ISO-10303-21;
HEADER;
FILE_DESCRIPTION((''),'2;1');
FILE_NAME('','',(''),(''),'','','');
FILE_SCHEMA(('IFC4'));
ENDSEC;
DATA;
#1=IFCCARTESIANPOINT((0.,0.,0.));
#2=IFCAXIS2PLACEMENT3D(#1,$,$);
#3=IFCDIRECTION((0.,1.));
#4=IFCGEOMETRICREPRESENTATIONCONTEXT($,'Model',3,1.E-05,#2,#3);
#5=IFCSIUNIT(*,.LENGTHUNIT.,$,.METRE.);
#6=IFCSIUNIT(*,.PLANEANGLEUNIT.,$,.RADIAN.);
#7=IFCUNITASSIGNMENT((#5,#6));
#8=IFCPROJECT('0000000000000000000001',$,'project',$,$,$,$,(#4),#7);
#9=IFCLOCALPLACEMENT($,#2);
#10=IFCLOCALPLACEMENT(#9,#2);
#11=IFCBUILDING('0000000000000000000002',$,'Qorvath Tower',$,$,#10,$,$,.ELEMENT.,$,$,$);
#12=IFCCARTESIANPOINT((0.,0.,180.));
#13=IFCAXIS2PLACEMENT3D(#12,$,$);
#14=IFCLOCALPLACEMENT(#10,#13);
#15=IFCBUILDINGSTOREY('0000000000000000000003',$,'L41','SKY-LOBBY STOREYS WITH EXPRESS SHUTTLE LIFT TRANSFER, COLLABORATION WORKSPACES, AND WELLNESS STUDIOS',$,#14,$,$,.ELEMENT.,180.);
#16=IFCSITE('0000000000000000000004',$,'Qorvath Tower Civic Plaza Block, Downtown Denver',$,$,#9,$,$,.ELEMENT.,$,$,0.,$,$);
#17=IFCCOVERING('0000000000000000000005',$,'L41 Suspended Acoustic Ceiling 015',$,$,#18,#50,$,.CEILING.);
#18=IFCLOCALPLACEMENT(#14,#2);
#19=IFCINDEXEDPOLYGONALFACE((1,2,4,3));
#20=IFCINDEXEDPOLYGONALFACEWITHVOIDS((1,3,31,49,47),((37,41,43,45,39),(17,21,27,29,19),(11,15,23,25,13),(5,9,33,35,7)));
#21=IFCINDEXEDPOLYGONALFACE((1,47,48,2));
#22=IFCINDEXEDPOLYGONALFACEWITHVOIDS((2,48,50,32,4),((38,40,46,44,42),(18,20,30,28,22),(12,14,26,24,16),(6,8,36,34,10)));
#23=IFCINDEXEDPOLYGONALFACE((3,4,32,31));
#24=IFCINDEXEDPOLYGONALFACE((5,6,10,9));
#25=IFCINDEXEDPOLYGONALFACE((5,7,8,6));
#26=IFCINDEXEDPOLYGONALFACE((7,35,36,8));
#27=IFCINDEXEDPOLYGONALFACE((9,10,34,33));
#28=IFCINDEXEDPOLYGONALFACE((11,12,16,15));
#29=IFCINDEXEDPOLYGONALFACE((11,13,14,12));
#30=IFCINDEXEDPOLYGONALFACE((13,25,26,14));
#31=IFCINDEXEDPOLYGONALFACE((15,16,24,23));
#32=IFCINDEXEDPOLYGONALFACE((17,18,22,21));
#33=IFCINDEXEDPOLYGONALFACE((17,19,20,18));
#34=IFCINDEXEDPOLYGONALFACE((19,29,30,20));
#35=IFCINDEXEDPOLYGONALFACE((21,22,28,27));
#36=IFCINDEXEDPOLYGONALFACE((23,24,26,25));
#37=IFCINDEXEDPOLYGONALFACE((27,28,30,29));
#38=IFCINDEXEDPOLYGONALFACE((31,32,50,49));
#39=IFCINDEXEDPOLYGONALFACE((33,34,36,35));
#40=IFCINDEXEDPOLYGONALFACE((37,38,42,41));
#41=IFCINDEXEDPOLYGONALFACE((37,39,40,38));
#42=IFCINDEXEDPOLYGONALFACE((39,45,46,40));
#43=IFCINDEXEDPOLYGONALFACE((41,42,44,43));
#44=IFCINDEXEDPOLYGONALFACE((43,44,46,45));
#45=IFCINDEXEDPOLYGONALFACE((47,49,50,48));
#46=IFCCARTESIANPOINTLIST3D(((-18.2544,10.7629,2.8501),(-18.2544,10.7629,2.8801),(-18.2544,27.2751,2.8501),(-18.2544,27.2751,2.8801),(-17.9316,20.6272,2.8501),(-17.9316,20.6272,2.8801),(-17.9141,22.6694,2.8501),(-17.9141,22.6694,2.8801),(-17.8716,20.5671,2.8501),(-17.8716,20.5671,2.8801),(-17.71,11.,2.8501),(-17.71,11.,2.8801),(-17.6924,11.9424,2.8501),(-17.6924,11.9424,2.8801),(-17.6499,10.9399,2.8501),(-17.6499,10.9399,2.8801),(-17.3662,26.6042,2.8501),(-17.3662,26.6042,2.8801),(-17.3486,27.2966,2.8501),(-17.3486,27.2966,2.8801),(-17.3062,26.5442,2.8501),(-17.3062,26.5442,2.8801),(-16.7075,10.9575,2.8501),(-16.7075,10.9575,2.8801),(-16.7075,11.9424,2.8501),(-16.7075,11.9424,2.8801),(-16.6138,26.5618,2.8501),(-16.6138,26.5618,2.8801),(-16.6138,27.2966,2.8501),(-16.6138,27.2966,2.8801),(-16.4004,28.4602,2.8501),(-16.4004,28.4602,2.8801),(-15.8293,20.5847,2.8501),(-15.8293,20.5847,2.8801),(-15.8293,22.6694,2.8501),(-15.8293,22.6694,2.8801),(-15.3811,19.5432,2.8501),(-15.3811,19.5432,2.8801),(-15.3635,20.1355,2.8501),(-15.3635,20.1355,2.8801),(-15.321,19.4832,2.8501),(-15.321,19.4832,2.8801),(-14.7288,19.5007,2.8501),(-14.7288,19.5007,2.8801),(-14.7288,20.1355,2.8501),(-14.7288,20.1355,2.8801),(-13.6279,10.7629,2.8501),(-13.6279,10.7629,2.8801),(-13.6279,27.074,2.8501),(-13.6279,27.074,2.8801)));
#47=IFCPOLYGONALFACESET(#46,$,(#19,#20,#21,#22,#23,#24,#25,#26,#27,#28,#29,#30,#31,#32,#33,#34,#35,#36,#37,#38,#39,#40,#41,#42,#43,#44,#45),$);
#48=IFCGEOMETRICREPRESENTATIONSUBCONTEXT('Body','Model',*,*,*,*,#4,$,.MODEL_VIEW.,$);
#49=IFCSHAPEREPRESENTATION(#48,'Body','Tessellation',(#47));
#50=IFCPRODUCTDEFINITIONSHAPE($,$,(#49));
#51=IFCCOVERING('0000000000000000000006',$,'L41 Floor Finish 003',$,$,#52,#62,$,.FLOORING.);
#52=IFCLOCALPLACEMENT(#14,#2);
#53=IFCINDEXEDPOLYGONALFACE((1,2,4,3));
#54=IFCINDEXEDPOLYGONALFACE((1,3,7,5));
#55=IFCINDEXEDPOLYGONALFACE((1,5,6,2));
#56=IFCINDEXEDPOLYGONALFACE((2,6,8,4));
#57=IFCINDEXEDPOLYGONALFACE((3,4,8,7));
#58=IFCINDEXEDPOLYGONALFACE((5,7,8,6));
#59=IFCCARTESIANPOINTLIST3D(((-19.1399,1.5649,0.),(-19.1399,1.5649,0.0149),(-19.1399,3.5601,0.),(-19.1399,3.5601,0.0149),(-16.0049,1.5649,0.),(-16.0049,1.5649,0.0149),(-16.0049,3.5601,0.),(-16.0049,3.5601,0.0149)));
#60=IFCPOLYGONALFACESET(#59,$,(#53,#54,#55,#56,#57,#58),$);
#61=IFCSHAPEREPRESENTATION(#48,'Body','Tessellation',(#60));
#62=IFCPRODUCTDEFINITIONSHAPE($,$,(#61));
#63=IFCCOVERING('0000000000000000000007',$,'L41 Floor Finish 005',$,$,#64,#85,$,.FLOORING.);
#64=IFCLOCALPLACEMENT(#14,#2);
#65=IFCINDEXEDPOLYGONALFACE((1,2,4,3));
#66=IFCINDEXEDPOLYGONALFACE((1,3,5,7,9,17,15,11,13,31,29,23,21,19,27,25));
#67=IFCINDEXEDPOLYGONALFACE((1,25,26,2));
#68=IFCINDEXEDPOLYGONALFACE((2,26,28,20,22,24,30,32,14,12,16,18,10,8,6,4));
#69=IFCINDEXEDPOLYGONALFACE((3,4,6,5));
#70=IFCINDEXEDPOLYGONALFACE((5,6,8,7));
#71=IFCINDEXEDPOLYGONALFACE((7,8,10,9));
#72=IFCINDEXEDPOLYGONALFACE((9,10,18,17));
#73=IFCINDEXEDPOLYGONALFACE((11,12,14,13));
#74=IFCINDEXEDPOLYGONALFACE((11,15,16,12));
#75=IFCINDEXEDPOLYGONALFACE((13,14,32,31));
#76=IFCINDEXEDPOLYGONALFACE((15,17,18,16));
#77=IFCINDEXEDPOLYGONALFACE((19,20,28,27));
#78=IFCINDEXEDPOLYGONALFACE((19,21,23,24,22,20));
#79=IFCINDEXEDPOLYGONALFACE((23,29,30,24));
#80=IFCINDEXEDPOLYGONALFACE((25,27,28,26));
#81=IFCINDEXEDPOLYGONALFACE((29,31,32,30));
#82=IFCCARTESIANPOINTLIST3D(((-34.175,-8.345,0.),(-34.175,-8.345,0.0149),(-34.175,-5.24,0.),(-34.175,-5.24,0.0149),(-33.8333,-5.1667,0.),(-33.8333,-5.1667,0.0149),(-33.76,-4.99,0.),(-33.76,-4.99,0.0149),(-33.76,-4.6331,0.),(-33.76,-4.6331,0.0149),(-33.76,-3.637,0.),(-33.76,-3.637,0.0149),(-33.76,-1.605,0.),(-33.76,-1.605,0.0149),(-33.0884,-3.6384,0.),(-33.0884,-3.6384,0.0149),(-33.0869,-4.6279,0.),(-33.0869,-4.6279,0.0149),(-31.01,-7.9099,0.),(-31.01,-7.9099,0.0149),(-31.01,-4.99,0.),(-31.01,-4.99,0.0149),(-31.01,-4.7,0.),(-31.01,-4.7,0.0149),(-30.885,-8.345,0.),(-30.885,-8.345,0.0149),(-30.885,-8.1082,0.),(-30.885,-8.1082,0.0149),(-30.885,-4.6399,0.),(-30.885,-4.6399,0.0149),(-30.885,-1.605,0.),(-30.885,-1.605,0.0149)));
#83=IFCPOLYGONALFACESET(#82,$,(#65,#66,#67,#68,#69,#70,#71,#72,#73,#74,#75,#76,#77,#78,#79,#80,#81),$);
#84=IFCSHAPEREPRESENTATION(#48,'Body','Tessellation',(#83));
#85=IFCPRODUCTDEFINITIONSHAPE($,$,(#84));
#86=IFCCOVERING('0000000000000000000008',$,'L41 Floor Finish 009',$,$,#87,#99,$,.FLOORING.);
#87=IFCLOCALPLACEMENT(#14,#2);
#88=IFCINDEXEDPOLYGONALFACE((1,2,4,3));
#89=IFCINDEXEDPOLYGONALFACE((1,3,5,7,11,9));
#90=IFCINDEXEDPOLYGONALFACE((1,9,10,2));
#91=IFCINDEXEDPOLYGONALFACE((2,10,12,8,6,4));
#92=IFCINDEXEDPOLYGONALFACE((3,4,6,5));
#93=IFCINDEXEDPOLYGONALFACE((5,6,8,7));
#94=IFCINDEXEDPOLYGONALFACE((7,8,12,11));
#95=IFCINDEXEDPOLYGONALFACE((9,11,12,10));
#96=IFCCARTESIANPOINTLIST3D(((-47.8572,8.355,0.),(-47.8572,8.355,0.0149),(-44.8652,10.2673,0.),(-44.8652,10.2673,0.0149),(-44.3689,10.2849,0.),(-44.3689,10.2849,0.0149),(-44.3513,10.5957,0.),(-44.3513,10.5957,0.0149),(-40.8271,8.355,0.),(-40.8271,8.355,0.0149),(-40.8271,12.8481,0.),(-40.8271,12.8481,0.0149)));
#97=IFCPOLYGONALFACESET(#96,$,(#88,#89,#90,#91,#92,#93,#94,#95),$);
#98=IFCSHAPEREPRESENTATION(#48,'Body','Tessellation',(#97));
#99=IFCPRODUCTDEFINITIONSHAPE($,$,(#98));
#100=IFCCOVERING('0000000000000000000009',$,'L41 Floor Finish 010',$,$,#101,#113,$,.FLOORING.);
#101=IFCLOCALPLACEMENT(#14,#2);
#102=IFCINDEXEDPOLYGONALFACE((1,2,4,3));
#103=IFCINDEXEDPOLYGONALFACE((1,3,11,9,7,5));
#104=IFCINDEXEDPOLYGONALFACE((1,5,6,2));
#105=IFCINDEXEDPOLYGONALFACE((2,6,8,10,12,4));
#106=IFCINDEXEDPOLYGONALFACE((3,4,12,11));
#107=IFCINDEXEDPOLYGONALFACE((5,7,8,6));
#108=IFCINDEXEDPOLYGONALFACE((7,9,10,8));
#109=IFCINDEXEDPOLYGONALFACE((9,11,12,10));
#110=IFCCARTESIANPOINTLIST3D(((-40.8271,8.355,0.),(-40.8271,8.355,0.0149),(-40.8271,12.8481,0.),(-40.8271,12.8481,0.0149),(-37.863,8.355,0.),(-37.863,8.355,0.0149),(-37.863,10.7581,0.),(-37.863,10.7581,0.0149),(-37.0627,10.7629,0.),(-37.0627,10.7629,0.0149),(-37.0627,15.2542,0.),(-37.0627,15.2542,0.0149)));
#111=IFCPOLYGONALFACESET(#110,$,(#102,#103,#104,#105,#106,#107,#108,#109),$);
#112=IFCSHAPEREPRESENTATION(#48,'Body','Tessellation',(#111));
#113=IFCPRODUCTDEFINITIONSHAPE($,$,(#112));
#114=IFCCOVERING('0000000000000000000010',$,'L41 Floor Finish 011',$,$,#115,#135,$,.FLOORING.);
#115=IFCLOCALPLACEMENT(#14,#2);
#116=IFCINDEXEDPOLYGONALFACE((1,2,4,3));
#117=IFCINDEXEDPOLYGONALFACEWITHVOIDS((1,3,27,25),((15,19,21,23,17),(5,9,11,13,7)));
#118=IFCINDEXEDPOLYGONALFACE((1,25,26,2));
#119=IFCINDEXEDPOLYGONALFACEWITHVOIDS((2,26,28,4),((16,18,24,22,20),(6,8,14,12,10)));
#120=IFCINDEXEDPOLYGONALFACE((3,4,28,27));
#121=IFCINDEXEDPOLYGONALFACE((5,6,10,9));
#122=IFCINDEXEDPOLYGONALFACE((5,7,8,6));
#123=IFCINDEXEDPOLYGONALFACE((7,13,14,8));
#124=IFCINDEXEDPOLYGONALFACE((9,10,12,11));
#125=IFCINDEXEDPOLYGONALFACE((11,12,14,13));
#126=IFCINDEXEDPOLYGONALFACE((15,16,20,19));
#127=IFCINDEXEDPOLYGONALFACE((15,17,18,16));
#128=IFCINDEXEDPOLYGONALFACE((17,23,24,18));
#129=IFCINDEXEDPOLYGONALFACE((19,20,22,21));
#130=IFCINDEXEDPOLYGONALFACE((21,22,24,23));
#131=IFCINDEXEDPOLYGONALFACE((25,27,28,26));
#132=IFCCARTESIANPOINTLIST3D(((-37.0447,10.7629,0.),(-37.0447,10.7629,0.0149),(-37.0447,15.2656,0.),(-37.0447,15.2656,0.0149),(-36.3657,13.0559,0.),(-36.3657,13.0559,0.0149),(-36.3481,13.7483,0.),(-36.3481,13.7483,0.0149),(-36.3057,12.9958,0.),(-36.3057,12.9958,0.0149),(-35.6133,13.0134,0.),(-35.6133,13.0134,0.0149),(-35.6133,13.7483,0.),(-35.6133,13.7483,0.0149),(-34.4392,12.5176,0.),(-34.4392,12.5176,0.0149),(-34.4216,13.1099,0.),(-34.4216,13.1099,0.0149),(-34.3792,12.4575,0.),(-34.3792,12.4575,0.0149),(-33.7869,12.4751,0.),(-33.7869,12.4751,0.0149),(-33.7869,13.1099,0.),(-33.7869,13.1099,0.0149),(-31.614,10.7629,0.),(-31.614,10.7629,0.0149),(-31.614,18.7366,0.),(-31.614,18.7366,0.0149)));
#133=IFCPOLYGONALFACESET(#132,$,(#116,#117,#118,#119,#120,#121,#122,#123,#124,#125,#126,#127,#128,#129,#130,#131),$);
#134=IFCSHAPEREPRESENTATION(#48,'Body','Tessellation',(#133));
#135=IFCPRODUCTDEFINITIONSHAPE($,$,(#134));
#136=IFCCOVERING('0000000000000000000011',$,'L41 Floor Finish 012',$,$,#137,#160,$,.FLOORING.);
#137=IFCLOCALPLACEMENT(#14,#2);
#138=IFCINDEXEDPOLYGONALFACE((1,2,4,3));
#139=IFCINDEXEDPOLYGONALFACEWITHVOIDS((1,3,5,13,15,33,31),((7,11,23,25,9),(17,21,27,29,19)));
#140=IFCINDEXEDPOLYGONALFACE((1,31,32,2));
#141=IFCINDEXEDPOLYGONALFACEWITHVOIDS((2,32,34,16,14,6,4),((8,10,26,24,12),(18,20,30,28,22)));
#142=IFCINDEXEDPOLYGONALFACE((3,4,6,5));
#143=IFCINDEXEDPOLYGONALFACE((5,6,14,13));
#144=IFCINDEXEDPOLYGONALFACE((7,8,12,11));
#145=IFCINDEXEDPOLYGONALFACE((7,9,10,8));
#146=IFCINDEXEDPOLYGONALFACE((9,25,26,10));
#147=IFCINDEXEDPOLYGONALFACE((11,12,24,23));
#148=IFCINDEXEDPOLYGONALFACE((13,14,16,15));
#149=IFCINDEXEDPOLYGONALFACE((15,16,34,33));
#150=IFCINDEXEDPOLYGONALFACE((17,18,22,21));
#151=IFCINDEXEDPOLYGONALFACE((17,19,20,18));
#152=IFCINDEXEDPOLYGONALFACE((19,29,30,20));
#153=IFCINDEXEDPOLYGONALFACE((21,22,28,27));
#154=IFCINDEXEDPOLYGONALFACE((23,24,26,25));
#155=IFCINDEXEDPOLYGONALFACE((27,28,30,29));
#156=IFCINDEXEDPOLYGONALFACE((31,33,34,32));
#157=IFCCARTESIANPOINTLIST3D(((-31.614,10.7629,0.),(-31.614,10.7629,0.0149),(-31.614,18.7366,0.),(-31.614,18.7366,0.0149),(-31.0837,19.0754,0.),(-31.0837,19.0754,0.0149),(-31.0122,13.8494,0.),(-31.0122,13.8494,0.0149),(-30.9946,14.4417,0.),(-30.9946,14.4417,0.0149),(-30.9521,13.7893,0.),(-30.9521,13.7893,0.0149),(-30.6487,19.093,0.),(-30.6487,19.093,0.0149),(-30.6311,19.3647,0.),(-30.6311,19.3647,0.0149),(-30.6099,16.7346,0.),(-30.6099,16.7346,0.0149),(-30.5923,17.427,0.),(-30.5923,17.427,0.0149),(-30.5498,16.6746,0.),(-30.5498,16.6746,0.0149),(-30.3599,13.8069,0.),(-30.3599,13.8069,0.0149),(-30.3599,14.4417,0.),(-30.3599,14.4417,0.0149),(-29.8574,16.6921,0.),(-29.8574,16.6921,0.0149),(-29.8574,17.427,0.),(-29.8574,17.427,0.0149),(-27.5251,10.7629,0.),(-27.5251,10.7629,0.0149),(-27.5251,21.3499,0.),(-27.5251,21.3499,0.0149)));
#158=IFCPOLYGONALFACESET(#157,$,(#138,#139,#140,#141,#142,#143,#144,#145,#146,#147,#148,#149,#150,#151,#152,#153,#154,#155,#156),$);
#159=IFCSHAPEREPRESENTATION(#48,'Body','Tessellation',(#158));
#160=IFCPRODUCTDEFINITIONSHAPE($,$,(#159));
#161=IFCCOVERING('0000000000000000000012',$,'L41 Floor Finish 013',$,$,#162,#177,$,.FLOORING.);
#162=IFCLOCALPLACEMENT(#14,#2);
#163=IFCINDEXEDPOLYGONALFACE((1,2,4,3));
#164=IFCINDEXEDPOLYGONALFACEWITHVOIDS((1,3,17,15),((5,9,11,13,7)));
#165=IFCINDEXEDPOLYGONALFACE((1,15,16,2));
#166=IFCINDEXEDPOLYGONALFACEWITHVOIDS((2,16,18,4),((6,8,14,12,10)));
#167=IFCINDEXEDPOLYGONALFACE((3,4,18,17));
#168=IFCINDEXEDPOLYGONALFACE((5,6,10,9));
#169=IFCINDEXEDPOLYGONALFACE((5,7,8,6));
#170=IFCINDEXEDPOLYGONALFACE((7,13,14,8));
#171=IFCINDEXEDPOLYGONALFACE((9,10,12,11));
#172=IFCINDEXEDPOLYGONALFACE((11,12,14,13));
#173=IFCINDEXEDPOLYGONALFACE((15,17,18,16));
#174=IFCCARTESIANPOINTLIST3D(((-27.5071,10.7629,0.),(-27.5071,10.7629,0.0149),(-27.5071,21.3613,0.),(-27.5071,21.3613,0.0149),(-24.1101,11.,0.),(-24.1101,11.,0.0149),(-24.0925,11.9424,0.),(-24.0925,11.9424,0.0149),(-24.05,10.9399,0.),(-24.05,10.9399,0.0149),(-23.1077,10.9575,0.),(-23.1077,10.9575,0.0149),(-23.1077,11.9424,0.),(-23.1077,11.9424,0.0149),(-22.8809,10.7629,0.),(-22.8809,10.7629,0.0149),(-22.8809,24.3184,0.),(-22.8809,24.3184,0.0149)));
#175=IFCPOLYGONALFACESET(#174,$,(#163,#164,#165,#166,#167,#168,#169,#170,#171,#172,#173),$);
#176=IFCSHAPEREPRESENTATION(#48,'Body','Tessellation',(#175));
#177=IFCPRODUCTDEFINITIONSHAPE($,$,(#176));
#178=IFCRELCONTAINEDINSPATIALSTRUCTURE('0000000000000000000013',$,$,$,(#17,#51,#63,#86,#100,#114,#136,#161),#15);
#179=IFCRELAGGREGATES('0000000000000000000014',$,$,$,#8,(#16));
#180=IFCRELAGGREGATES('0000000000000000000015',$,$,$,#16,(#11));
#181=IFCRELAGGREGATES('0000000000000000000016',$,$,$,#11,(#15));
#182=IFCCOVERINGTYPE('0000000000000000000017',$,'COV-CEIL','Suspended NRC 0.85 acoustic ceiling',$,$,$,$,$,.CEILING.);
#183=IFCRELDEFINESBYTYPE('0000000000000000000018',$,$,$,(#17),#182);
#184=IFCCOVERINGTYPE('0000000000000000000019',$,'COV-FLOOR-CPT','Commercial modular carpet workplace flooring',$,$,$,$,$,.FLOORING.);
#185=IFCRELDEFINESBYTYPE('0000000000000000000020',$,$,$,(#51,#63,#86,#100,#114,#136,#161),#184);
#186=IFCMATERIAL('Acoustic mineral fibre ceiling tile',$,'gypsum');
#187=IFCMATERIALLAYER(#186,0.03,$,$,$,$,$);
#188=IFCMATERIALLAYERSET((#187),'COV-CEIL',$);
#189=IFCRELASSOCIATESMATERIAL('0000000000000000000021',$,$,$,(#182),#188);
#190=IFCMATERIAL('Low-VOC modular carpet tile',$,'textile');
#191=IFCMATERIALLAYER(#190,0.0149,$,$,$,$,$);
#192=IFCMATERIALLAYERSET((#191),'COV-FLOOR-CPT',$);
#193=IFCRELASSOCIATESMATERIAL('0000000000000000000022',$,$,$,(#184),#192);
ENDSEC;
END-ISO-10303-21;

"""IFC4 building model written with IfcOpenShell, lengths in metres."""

from ifc_helpers import new_model, si_unit, direction, frame, origin, place, context, subcontext, project, spatial, polyline, outline, extrude, material, layer, layer_set, type_object, element, save


model = new_model("IFC4")

# Units and contexts
model_context = context("Model", 3, precision=1e-05, world=origin(), true_north=direction((0.0, 1.0)))
body_context = subcontext(model_context, "Body", "Model", "MODEL_VIEW")
ifc_project = project(units=[si_unit("LENGTHUNIT", "METRE"), si_unit("PLANEANGLEUNIT", "RADIAN")], contexts=[model_context])

# Site, building, storey
site_placement = place(None, origin())
site = spatial("IfcSite", under=ifc_project, at=site_placement, Name="Qorvath Tower Civic Plaza Block, Downtown Denver", CompositionType="ELEMENT", RefElevation=0.0)
building_placement = place(site_placement, origin())
building = spatial("IfcBuilding", under=site, at=building_placement, Name="Qorvath Tower", CompositionType="ELEMENT")
storey_placement = place(building_placement, frame((0.0, 0.0, 180.0)))
storey = spatial("IfcBuildingStorey", under=building, at=storey_placement, Name="L41", Description="SKY-LOBBY STOREYS WITH EXPRESS SHUTTLE LIFT TRANSFER, COLLABORATION WORKSPACES, AND WELLNESS STUDIOS", CompositionType="ELEMENT", Elevation=180.0)

# Coverings
ifc_material_1 = material(Name="Acoustic mineral fibre ceiling tile", Category="gypsum")
ifc_layer_1 = layer(ifc_material_1, 0.03)
ifc_layer_set_1 = layer_set([ifc_layer_1], Name="COV-CEIL")
covering_type_1 = type_object("IfcCoveringType", Name="COV-CEIL", Description="Suspended NRC 0.85 acoustic ceiling", PredefinedType="CEILING", material=ifc_layer_set_1)
covering_1_placement = place(storey_placement, frame((0.0, 0.0, 2.8501)))
element("IfcCovering", 1, at=covering_1_placement, inside=storey, type_object=covering_type_1, Name="L41 Suspended Acoustic Ceiling 015", PredefinedType="CEILING", context=body_context, shape_type="SweptSolid", body=[
    extrude(outline(polyline([(-18.2544, 27.2751), (-18.2544, 10.7629), (-13.6279, 10.7629), (-13.6279, 27.074), (-16.4004, 28.4602), (-18.2544, 27.2751)]), holes=[polyline([(-15.3811, 19.5432), (-15.3635, 20.1355), (-14.7288, 20.1355), (-14.7288, 19.5007), (-15.321, 19.4832), (-15.3811, 19.5432)]), polyline([(-17.9316, 20.6272), (-17.9141, 22.6694), (-15.8293, 22.6694), (-15.8293, 20.5847), (-17.8716, 20.5671), (-17.9316, 20.6272)]), polyline([(-17.3662, 26.6042), (-17.3486, 27.2966), (-16.6138, 27.2966), (-16.6138, 26.5618), (-17.3062, 26.5442), (-17.3662, 26.6042)]), polyline([(-17.71, 11.0), (-17.6924, 11.9424), (-16.7075, 11.9424), (-16.7075, 10.9575), (-17.6499, 10.9399), (-17.71, 11.0)])]), origin(), (0.0, 0.0, 1.0), 0.03),
])
ifc_material_2 = material(Name="Low-VOC modular carpet tile", Category="textile")
ifc_layer_2 = layer(ifc_material_2, 0.0149)
ifc_layer_set_2 = layer_set([ifc_layer_2], Name="COV-FLOOR-CPT")
covering_type_2 = type_object("IfcCoveringType", Name="COV-FLOOR-CPT", Description="Commercial modular carpet workplace flooring", PredefinedType="FLOORING", material=ifc_layer_set_2)
covering_2_placement = place(storey_placement, origin())
element("IfcCovering", 2, at=covering_2_placement, inside=storey, type_object=covering_type_2, Name="L41 Floor Finish 003", PredefinedType="FLOORING", context=body_context, shape_type="SweptSolid", body=[
    extrude(outline(polyline([(-16.0049, 3.5601), (-19.1399, 3.5601), (-19.1399, 1.5649), (-16.0049, 1.5649), (-16.0049, 3.5601)])), origin(), (0.0, 0.0, 1.0), 0.0149),
])
covering_3_placement = place(storey_placement, origin())
element("IfcCovering", 3, at=covering_3_placement, inside=storey, type_object=covering_type_2, Name="L41 Floor Finish 005", PredefinedType="FLOORING", context=body_context, shape_type="SweptSolid", body=[
    extrude(outline(polyline([(-30.885, -1.605), (-33.76, -1.605), (-33.76, -3.637), (-33.0884, -3.6384), (-33.0869, -4.6279), (-33.76, -4.6331), (-33.76, -4.99), (-33.8333, -5.1667), (-34.175, -5.24), (-34.175, -8.345), (-30.885, -8.345), (-30.885, -8.1082), (-31.01, -7.9099), (-31.01, -4.99), (-31.01, -4.7), (-30.885, -4.6399), (-30.885, -1.605)])), origin(), (0.0, 0.0, 1.0), 0.0149),
])
covering_4_placement = place(storey_placement, origin())
element("IfcCovering", 4, at=covering_4_placement, inside=storey, type_object=covering_type_2, Name="L41 Floor Finish 009", PredefinedType="FLOORING", context=body_context, shape_type="SweptSolid", body=[
    extrude(outline(polyline([(-40.8271, 8.355), (-40.8271, 12.8481), (-44.3513, 10.5957), (-44.3689, 10.2849), (-44.8652, 10.2673), (-47.8572, 8.355), (-40.8271, 8.355)])), origin(), (0.0, 0.0, 1.0), 0.0149),
])
covering_5_placement = place(storey_placement, origin())
element("IfcCovering", 5, at=covering_5_placement, inside=storey, type_object=covering_type_2, Name="L41 Floor Finish 010", PredefinedType="FLOORING", context=body_context, shape_type="SweptSolid", body=[
    extrude(outline(polyline([(-37.0627, 10.7629), (-37.0627, 15.2542), (-40.8271, 12.8481), (-40.8271, 8.355), (-37.863, 8.355), (-37.863, 10.7581), (-37.0627, 10.7629)])), origin(), (0.0, 0.0, 1.0), 0.0149),
])
covering_6_placement = place(storey_placement, origin())
element("IfcCovering", 6, at=covering_6_placement, inside=storey, type_object=covering_type_2, Name="L41 Floor Finish 011", PredefinedType="FLOORING", context=body_context, shape_type="SweptSolid", body=[
    extrude(outline(polyline([(-31.614, 10.7629), (-31.614, 18.7366), (-37.0447, 15.2656), (-37.0447, 10.7629), (-31.614, 10.7629)]), holes=[polyline([(-34.4392, 12.5176), (-34.4216, 13.1099), (-33.7869, 13.1099), (-33.7869, 12.4751), (-34.3792, 12.4575), (-34.4392, 12.5176)]), polyline([(-36.3657, 13.0559), (-36.3481, 13.7483), (-35.6133, 13.7483), (-35.6133, 13.0134), (-36.3057, 12.9958), (-36.3657, 13.0559)])]), origin(), (0.0, 0.0, 1.0), 0.0149),
])
covering_7_placement = place(storey_placement, origin())
element("IfcCovering", 7, at=covering_7_placement, inside=storey, type_object=covering_type_2, Name="L41 Floor Finish 012", PredefinedType="FLOORING", context=body_context, shape_type="SweptSolid", body=[
    extrude(outline(polyline([(-27.5251, 10.7629), (-27.5251, 21.3499), (-30.6311, 19.3647), (-30.6487, 19.093), (-31.0837, 19.0754), (-31.614, 18.7366), (-31.614, 10.7629), (-27.5251, 10.7629)]), holes=[polyline([(-30.6099, 16.7346), (-30.5923, 17.427), (-29.8574, 17.427), (-29.8574, 16.6921), (-30.5498, 16.6746), (-30.6099, 16.7346)]), polyline([(-31.0122, 13.8494), (-30.9946, 14.4417), (-30.3599, 14.4417), (-30.3599, 13.8069), (-30.9521, 13.7893), (-31.0122, 13.8494)])]), origin(), (0.0, 0.0, 1.0), 0.0149),
])
covering_8_placement = place(storey_placement, origin())
element("IfcCovering", 8, at=covering_8_placement, inside=storey, type_object=covering_type_2, Name="L41 Floor Finish 013", PredefinedType="FLOORING", context=body_context, shape_type="SweptSolid", body=[
    extrude(outline(polyline([(-27.5071, 10.7629), (-22.8809, 10.7629), (-22.8809, 24.3184), (-27.5071, 21.3613), (-27.5071, 10.7629)]), holes=[polyline([(-24.1101, 11.0), (-24.0925, 11.9424), (-23.1077, 11.9424), (-23.1077, 10.9575), (-24.05, 10.9399), (-24.1101, 11.0)])]), origin(), (0.0, 0.0, 1.0), 0.0149),
])

save(model, "model.ifc")
